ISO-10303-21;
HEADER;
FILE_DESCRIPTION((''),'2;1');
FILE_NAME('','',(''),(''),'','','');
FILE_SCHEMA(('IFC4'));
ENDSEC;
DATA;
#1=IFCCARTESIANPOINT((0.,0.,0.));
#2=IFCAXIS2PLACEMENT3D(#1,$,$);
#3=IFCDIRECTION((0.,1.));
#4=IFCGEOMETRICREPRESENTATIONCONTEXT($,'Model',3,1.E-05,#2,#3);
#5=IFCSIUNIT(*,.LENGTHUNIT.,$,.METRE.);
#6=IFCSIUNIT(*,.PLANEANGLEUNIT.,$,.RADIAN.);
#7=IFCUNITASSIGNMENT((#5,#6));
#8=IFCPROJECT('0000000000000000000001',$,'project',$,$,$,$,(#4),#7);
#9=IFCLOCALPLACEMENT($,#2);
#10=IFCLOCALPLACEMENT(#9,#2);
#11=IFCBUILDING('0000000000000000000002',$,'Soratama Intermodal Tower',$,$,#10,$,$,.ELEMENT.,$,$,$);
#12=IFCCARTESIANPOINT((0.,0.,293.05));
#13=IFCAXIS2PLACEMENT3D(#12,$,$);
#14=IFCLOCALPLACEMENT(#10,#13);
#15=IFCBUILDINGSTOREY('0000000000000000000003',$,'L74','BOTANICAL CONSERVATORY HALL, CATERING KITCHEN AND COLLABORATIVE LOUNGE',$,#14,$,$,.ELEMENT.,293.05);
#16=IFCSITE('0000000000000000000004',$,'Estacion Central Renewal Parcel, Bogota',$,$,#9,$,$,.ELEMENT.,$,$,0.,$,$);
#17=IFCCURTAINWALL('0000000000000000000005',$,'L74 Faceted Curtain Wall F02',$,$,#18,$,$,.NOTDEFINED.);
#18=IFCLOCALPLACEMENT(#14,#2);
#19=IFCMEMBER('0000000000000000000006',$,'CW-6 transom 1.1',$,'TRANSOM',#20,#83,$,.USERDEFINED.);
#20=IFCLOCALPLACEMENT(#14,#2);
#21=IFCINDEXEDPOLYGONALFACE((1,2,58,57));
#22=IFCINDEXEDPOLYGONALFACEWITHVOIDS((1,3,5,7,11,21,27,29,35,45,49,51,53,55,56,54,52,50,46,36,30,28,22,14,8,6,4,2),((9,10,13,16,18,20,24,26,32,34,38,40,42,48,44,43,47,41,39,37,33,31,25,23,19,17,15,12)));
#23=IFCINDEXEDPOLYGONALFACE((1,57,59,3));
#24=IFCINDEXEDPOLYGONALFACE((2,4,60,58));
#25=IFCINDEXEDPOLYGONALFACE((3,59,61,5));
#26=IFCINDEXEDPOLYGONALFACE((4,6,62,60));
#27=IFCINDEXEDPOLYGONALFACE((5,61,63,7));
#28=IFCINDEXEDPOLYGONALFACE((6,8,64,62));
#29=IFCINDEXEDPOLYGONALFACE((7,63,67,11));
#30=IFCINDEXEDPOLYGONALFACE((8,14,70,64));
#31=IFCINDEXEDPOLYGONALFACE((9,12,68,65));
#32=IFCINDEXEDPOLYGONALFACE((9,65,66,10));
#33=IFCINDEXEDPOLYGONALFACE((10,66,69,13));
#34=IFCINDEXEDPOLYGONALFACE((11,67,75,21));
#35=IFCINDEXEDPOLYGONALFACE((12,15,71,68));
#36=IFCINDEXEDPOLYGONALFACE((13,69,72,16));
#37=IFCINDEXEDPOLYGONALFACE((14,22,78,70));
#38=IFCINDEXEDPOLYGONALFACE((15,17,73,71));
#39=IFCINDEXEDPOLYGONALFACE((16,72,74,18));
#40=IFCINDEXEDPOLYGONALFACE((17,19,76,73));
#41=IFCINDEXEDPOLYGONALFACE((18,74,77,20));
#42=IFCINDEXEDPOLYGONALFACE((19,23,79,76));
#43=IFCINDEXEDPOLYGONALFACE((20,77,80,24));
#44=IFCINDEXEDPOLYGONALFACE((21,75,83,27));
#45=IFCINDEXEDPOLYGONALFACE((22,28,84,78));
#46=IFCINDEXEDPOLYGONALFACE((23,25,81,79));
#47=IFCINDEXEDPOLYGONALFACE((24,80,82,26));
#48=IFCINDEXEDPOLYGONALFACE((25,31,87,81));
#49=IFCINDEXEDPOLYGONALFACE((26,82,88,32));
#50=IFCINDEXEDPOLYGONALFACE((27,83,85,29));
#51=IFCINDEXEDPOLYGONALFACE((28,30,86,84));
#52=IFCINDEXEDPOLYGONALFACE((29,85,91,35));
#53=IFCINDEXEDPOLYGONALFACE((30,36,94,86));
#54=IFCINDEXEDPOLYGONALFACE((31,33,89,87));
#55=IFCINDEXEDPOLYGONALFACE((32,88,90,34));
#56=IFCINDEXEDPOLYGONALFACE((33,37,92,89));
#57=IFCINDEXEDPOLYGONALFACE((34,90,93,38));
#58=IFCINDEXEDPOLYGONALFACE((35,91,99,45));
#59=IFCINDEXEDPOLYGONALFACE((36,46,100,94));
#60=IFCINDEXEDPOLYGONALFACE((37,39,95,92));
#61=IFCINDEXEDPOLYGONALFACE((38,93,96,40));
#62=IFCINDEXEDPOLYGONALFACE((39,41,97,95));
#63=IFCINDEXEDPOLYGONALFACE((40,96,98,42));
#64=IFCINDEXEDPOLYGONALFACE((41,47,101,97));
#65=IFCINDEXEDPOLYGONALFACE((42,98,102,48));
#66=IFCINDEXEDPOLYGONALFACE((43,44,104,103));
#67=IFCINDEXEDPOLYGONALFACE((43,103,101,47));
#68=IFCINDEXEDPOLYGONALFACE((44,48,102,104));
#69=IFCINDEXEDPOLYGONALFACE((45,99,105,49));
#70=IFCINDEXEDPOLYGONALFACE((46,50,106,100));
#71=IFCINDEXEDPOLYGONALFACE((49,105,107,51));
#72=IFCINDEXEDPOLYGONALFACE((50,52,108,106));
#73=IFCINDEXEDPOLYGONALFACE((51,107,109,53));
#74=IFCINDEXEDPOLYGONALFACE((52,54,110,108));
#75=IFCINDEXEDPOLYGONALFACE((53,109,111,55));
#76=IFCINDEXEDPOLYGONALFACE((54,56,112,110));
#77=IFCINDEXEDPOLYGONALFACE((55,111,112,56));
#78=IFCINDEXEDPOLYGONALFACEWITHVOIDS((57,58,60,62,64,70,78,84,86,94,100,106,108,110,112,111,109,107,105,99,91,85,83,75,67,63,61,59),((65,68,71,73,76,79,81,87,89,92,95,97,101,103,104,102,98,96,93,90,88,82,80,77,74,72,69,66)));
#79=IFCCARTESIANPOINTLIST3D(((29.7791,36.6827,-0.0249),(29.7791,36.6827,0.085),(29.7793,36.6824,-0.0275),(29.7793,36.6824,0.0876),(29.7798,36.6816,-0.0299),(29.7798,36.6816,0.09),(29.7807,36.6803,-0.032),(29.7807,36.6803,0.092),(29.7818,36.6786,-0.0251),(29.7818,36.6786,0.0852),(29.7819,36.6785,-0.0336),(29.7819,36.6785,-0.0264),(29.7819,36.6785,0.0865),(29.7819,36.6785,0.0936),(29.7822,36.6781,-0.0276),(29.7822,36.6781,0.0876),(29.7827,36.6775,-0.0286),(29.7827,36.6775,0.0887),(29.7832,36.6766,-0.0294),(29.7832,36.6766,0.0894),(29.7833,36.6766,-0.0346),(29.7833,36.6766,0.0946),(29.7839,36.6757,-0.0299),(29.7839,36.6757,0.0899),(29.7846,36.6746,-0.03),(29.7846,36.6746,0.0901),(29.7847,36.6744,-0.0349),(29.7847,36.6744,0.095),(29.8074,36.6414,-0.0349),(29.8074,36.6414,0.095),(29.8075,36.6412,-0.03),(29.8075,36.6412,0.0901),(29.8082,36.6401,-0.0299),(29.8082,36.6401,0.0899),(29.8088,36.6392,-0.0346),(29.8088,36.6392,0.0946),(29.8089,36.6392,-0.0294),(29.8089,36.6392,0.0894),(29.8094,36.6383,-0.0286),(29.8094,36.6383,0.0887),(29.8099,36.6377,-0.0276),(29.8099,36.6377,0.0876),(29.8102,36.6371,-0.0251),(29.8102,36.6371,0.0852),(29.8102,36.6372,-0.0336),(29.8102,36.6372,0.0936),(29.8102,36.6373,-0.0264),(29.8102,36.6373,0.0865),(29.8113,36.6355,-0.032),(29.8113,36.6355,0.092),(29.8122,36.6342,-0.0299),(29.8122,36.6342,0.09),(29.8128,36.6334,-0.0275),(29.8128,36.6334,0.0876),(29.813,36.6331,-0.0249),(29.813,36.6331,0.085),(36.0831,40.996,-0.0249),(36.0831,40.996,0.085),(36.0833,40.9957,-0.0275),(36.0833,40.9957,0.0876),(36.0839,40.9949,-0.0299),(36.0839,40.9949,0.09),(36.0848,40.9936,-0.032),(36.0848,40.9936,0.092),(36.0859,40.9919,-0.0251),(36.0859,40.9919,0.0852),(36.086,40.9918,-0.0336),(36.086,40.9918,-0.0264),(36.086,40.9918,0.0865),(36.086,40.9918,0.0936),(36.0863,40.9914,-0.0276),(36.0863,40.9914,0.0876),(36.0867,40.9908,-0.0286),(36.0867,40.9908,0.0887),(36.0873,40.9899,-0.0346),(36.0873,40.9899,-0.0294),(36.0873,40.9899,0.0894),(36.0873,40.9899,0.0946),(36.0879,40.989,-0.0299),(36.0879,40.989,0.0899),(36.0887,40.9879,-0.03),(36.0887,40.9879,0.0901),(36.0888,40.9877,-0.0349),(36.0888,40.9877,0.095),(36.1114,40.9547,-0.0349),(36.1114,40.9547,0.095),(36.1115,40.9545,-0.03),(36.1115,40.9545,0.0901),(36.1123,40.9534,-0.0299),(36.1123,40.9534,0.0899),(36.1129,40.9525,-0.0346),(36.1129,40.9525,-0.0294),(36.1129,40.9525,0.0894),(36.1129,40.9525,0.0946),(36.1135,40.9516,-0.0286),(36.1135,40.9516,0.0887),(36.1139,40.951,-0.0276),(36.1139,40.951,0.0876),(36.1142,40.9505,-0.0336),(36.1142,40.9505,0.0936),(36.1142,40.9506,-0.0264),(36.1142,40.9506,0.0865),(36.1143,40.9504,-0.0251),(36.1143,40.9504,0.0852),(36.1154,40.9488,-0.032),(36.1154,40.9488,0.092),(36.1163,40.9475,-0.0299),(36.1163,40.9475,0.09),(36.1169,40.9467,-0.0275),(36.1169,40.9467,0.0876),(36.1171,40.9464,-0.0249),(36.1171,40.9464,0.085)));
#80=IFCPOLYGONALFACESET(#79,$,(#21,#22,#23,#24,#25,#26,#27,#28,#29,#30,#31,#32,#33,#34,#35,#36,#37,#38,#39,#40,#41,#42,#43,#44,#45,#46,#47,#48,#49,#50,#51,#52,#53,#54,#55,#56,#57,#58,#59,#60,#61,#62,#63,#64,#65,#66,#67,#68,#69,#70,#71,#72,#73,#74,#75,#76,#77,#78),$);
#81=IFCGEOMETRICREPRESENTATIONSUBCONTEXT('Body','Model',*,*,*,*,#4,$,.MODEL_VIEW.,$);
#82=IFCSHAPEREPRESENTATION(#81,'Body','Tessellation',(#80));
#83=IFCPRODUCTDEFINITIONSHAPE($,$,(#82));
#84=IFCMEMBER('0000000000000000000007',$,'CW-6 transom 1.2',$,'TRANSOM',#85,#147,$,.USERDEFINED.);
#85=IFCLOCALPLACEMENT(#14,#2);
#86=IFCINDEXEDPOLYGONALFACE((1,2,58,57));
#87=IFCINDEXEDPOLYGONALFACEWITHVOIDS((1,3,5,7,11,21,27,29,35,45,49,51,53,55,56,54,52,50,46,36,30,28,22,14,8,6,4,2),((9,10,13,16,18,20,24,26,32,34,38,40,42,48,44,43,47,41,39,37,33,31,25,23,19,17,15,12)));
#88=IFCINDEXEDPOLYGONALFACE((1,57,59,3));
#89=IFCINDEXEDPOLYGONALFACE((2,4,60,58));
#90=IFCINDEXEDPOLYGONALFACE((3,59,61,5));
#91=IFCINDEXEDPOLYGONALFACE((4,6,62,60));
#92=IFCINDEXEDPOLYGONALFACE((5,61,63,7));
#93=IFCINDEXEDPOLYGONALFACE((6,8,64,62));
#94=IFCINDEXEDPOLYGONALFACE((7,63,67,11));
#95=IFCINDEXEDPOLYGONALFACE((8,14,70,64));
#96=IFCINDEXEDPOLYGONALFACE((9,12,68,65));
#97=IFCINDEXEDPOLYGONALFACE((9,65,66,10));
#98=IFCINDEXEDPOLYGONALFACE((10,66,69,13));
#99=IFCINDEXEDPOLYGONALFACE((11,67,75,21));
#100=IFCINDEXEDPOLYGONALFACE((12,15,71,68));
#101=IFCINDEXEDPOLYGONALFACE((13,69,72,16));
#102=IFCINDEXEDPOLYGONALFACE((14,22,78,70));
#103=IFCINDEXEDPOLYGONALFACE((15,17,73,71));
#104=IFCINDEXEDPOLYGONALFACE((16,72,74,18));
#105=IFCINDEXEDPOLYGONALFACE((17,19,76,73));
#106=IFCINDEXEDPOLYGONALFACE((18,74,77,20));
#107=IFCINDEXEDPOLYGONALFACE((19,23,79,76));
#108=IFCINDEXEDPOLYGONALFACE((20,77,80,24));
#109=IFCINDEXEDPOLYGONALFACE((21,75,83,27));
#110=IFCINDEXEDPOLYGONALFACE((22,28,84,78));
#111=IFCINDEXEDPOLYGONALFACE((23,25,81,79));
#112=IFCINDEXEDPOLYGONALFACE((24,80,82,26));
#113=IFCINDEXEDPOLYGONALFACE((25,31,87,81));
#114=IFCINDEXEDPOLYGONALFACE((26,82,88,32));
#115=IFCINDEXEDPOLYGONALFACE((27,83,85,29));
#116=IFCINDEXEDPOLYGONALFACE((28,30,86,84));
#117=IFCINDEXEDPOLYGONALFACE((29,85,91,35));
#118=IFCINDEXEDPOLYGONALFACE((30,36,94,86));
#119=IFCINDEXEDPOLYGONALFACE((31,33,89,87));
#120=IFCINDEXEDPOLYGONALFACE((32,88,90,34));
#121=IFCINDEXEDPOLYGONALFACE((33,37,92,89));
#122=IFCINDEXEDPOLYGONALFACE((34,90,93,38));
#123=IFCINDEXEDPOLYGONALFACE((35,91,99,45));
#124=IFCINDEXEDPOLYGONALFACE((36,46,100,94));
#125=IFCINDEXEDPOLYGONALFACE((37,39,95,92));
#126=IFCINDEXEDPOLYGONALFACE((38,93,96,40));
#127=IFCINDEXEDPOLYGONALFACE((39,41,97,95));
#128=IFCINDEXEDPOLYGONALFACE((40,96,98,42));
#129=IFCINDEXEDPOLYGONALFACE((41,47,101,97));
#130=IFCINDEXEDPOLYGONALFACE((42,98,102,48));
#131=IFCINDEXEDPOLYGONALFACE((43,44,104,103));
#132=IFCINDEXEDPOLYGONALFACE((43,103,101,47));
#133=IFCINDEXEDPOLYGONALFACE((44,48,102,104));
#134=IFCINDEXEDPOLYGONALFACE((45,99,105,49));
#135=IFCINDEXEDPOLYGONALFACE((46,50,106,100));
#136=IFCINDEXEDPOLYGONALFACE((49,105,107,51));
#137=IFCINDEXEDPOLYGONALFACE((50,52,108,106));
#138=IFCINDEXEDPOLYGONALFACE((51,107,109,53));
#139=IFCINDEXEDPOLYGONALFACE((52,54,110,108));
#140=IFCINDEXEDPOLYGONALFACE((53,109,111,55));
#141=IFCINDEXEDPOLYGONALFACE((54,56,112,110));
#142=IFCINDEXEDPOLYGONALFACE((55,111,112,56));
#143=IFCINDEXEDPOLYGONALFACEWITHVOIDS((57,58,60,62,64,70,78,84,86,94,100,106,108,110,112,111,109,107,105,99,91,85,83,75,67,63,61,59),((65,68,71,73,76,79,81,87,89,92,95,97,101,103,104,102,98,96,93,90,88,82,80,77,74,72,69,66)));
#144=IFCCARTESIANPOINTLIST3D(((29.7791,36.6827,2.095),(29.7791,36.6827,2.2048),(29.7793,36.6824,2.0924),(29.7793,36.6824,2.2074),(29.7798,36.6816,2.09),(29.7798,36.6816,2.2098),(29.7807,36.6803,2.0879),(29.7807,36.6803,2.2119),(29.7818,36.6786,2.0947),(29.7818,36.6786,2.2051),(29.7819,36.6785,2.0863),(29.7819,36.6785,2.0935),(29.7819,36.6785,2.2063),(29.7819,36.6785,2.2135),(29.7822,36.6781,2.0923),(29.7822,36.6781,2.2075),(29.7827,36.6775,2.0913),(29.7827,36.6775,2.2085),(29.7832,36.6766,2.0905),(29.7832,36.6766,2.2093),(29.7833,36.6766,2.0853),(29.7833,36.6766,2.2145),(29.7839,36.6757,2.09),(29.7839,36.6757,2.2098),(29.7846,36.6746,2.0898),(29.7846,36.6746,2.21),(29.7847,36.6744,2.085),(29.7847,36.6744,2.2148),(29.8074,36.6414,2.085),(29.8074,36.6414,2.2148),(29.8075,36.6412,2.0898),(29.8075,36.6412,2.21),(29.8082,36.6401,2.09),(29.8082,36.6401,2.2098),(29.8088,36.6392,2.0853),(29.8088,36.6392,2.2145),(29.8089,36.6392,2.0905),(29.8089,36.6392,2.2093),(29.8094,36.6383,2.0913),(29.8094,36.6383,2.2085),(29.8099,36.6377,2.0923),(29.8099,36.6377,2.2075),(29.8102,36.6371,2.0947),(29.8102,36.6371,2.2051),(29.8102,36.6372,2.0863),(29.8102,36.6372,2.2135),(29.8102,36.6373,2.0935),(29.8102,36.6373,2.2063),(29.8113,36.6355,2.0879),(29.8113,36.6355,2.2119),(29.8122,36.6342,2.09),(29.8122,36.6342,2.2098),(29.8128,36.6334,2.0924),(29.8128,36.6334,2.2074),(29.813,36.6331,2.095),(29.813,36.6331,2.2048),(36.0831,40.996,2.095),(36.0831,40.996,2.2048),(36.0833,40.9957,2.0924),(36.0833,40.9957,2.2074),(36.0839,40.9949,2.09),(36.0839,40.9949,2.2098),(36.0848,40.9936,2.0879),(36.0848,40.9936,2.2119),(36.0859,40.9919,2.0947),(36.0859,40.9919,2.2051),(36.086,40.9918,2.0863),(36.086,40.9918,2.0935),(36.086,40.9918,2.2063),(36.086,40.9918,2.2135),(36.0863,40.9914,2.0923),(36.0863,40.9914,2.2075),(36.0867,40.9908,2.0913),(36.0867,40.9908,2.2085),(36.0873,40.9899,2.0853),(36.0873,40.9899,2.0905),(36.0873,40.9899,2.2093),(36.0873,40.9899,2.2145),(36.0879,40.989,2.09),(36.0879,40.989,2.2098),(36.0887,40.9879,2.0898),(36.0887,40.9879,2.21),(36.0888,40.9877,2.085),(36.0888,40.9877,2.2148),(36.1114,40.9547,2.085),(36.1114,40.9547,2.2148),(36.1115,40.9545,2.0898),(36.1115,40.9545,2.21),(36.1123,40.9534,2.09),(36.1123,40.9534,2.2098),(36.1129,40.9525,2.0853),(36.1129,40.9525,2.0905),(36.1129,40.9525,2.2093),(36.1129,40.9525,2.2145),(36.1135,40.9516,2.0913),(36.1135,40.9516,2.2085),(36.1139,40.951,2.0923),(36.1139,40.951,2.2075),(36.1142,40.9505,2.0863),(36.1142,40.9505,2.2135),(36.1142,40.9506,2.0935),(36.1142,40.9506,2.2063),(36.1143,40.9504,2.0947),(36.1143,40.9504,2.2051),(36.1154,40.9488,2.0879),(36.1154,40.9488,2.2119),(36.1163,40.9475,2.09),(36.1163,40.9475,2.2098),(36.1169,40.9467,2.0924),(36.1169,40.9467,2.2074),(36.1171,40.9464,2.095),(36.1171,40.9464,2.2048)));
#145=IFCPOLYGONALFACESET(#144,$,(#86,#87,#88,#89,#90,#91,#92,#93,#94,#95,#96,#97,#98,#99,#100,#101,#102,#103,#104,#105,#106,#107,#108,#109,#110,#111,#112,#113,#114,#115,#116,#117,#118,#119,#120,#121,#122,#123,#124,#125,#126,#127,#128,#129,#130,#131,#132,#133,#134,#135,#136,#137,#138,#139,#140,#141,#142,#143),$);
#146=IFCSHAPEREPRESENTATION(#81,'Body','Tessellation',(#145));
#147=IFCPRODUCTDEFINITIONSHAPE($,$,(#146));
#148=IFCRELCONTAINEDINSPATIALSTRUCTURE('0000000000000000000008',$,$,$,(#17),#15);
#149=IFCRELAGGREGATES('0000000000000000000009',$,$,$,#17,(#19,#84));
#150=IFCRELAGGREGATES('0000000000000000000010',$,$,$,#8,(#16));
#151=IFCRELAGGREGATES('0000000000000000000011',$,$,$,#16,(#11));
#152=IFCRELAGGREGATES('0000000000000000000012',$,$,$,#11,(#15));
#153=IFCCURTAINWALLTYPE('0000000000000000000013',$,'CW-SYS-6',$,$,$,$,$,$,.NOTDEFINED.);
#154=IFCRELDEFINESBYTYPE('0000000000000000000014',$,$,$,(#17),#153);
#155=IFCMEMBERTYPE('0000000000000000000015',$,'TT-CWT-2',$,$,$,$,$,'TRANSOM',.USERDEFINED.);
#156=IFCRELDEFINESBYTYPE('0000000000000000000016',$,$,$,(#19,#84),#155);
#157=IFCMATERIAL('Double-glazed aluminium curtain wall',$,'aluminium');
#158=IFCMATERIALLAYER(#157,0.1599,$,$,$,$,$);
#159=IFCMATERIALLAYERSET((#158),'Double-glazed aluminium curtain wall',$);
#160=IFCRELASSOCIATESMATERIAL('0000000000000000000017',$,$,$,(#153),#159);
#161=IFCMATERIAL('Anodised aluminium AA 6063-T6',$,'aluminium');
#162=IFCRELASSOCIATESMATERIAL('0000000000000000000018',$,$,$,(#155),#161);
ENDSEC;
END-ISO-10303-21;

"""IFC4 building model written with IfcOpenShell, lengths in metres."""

from ifc_helpers import new_model, si_unit, direction, frame, origin, origin_2d, place, context, subcontext, project, spatial, hollow_rectangle, extrude, material, layer, layer_set, material_profile, profile_set, type_object, element, aggregate, save


model = new_model("IFC4")

# Units and contexts
model_context = context("Model", 3, precision=1e-05, world=origin(), true_north=direction((0.0, 1.0)))
body_context = subcontext(model_context, "Body", "Model", "MODEL_VIEW")
ifc_project = project(units=[si_unit("LENGTHUNIT", "METRE"), si_unit("PLANEANGLEUNIT", "RADIAN")], contexts=[model_context])

# Site, building, storey
site_placement = place(None, origin())
site = spatial("IfcSite", under=ifc_project, at=site_placement, Name="Estacion Central Renewal Parcel, Bogota", CompositionType="ELEMENT", RefElevation=0.0)
building_placement = place(site_placement, origin())
building = spatial("IfcBuilding", under=site, at=building_placement, Name="Soratama Intermodal Tower", CompositionType="ELEMENT")
storey_placement = place(building_placement, frame((0.0, 0.0, 293.05)))
storey = spatial("IfcBuildingStorey", under=building, at=storey_placement, Name="L74", Description="BOTANICAL CONSERVATORY HALL, CATERING KITCHEN AND COLLABORATIVE LOUNGE", CompositionType="ELEMENT", Elevation=293.05)

# Shared definitions
ifc_material_1 = material(Name="Double-glazed aluminium curtain wall", Category="aluminium")
ifc_layer_1 = layer(ifc_material_1, 0.1599)
ifc_layer_set_1 = layer_set([ifc_layer_1], Name="Double-glazed aluminium curtain wall")
curtain_wall_type = type_object("IfcCurtainWallType", Name="CW-SYS-6", PredefinedType="NOTDEFINED", material=ifc_layer_set_1)

# Curtain wall, members
curtain_wall_1_placement = place(storey_placement, origin())
curtain_wall_1 = element("IfcCurtainWall", 1, at=curtain_wall_1_placement, inside=storey, type_object=curtain_wall_type, Name="L74 Faceted Curtain Wall F02", PredefinedType="NOTDEFINED")
ifc_material_2 = material(Name="Anodised aluminium AA 6063-T6", Category="aluminium")
ifc_material_profile_1 = material_profile(ifc_material_2, hollow_rectangle(XDim=0.0601, YDim=0.1299, WallThickness=0.0049, InnerFilletRadius=0.0049, OuterFilletRadius=0.01, at=origin_2d()), Name="CWT130X60X5")
ifc_profile_set_1 = profile_set([ifc_material_profile_1], Name="Anodised aluminium AA 6063-T6")
member_type_1 = type_object("IfcMemberType", Name="TT-CWT-2", ElementType="TRANSOM", PredefinedType="USERDEFINED", material=ifc_profile_set_1)
member_1_placement = place(storey_placement, frame((36.1001, 40.9712, 0.03), z_axis=(-0.825307, -0.564684, 0.0), x_axis=(0.564684, -0.825307, 0.0)))
member_1 = element("IfcMember", 2, at=member_1_placement, type_object=member_type_1, Name="CW-6 transom 1.1", ObjectType="TRANSOM", PredefinedType="USERDEFINED", context=body_context, shape_type="SweptSolid", body=[
    extrude(hollow_rectangle(XDim=0.0601, YDim=0.1299, WallThickness=0.0049, InnerFilletRadius=0.0049, OuterFilletRadius=0.01, at=origin_2d()), origin(), (0.0, 0.0, 1.0), 7.6384),
])
member_2_placement = place(storey_placement, frame((36.1001, 40.9712, 2.1499), z_axis=(-0.825307, -0.564684, 0.0), x_axis=(0.564684, -0.825307, 0.0)))
member_2 = element("IfcMember", 3, at=member_2_placement, type_object=member_type_1, Name="CW-6 transom 1.2", ObjectType="TRANSOM", PredefinedType="USERDEFINED", context=body_context, shape_type="SweptSolid", body=[
    extrude(hollow_rectangle(XDim=0.0601, YDim=0.1299, WallThickness=0.0049, InnerFilletRadius=0.0049, OuterFilletRadius=0.01, at=origin_2d()), origin(), (0.0, 0.0, 1.0), 7.6384),
])
aggregate(curtain_wall_1, [member_1, member_2])

save(model, "model.ifc")
